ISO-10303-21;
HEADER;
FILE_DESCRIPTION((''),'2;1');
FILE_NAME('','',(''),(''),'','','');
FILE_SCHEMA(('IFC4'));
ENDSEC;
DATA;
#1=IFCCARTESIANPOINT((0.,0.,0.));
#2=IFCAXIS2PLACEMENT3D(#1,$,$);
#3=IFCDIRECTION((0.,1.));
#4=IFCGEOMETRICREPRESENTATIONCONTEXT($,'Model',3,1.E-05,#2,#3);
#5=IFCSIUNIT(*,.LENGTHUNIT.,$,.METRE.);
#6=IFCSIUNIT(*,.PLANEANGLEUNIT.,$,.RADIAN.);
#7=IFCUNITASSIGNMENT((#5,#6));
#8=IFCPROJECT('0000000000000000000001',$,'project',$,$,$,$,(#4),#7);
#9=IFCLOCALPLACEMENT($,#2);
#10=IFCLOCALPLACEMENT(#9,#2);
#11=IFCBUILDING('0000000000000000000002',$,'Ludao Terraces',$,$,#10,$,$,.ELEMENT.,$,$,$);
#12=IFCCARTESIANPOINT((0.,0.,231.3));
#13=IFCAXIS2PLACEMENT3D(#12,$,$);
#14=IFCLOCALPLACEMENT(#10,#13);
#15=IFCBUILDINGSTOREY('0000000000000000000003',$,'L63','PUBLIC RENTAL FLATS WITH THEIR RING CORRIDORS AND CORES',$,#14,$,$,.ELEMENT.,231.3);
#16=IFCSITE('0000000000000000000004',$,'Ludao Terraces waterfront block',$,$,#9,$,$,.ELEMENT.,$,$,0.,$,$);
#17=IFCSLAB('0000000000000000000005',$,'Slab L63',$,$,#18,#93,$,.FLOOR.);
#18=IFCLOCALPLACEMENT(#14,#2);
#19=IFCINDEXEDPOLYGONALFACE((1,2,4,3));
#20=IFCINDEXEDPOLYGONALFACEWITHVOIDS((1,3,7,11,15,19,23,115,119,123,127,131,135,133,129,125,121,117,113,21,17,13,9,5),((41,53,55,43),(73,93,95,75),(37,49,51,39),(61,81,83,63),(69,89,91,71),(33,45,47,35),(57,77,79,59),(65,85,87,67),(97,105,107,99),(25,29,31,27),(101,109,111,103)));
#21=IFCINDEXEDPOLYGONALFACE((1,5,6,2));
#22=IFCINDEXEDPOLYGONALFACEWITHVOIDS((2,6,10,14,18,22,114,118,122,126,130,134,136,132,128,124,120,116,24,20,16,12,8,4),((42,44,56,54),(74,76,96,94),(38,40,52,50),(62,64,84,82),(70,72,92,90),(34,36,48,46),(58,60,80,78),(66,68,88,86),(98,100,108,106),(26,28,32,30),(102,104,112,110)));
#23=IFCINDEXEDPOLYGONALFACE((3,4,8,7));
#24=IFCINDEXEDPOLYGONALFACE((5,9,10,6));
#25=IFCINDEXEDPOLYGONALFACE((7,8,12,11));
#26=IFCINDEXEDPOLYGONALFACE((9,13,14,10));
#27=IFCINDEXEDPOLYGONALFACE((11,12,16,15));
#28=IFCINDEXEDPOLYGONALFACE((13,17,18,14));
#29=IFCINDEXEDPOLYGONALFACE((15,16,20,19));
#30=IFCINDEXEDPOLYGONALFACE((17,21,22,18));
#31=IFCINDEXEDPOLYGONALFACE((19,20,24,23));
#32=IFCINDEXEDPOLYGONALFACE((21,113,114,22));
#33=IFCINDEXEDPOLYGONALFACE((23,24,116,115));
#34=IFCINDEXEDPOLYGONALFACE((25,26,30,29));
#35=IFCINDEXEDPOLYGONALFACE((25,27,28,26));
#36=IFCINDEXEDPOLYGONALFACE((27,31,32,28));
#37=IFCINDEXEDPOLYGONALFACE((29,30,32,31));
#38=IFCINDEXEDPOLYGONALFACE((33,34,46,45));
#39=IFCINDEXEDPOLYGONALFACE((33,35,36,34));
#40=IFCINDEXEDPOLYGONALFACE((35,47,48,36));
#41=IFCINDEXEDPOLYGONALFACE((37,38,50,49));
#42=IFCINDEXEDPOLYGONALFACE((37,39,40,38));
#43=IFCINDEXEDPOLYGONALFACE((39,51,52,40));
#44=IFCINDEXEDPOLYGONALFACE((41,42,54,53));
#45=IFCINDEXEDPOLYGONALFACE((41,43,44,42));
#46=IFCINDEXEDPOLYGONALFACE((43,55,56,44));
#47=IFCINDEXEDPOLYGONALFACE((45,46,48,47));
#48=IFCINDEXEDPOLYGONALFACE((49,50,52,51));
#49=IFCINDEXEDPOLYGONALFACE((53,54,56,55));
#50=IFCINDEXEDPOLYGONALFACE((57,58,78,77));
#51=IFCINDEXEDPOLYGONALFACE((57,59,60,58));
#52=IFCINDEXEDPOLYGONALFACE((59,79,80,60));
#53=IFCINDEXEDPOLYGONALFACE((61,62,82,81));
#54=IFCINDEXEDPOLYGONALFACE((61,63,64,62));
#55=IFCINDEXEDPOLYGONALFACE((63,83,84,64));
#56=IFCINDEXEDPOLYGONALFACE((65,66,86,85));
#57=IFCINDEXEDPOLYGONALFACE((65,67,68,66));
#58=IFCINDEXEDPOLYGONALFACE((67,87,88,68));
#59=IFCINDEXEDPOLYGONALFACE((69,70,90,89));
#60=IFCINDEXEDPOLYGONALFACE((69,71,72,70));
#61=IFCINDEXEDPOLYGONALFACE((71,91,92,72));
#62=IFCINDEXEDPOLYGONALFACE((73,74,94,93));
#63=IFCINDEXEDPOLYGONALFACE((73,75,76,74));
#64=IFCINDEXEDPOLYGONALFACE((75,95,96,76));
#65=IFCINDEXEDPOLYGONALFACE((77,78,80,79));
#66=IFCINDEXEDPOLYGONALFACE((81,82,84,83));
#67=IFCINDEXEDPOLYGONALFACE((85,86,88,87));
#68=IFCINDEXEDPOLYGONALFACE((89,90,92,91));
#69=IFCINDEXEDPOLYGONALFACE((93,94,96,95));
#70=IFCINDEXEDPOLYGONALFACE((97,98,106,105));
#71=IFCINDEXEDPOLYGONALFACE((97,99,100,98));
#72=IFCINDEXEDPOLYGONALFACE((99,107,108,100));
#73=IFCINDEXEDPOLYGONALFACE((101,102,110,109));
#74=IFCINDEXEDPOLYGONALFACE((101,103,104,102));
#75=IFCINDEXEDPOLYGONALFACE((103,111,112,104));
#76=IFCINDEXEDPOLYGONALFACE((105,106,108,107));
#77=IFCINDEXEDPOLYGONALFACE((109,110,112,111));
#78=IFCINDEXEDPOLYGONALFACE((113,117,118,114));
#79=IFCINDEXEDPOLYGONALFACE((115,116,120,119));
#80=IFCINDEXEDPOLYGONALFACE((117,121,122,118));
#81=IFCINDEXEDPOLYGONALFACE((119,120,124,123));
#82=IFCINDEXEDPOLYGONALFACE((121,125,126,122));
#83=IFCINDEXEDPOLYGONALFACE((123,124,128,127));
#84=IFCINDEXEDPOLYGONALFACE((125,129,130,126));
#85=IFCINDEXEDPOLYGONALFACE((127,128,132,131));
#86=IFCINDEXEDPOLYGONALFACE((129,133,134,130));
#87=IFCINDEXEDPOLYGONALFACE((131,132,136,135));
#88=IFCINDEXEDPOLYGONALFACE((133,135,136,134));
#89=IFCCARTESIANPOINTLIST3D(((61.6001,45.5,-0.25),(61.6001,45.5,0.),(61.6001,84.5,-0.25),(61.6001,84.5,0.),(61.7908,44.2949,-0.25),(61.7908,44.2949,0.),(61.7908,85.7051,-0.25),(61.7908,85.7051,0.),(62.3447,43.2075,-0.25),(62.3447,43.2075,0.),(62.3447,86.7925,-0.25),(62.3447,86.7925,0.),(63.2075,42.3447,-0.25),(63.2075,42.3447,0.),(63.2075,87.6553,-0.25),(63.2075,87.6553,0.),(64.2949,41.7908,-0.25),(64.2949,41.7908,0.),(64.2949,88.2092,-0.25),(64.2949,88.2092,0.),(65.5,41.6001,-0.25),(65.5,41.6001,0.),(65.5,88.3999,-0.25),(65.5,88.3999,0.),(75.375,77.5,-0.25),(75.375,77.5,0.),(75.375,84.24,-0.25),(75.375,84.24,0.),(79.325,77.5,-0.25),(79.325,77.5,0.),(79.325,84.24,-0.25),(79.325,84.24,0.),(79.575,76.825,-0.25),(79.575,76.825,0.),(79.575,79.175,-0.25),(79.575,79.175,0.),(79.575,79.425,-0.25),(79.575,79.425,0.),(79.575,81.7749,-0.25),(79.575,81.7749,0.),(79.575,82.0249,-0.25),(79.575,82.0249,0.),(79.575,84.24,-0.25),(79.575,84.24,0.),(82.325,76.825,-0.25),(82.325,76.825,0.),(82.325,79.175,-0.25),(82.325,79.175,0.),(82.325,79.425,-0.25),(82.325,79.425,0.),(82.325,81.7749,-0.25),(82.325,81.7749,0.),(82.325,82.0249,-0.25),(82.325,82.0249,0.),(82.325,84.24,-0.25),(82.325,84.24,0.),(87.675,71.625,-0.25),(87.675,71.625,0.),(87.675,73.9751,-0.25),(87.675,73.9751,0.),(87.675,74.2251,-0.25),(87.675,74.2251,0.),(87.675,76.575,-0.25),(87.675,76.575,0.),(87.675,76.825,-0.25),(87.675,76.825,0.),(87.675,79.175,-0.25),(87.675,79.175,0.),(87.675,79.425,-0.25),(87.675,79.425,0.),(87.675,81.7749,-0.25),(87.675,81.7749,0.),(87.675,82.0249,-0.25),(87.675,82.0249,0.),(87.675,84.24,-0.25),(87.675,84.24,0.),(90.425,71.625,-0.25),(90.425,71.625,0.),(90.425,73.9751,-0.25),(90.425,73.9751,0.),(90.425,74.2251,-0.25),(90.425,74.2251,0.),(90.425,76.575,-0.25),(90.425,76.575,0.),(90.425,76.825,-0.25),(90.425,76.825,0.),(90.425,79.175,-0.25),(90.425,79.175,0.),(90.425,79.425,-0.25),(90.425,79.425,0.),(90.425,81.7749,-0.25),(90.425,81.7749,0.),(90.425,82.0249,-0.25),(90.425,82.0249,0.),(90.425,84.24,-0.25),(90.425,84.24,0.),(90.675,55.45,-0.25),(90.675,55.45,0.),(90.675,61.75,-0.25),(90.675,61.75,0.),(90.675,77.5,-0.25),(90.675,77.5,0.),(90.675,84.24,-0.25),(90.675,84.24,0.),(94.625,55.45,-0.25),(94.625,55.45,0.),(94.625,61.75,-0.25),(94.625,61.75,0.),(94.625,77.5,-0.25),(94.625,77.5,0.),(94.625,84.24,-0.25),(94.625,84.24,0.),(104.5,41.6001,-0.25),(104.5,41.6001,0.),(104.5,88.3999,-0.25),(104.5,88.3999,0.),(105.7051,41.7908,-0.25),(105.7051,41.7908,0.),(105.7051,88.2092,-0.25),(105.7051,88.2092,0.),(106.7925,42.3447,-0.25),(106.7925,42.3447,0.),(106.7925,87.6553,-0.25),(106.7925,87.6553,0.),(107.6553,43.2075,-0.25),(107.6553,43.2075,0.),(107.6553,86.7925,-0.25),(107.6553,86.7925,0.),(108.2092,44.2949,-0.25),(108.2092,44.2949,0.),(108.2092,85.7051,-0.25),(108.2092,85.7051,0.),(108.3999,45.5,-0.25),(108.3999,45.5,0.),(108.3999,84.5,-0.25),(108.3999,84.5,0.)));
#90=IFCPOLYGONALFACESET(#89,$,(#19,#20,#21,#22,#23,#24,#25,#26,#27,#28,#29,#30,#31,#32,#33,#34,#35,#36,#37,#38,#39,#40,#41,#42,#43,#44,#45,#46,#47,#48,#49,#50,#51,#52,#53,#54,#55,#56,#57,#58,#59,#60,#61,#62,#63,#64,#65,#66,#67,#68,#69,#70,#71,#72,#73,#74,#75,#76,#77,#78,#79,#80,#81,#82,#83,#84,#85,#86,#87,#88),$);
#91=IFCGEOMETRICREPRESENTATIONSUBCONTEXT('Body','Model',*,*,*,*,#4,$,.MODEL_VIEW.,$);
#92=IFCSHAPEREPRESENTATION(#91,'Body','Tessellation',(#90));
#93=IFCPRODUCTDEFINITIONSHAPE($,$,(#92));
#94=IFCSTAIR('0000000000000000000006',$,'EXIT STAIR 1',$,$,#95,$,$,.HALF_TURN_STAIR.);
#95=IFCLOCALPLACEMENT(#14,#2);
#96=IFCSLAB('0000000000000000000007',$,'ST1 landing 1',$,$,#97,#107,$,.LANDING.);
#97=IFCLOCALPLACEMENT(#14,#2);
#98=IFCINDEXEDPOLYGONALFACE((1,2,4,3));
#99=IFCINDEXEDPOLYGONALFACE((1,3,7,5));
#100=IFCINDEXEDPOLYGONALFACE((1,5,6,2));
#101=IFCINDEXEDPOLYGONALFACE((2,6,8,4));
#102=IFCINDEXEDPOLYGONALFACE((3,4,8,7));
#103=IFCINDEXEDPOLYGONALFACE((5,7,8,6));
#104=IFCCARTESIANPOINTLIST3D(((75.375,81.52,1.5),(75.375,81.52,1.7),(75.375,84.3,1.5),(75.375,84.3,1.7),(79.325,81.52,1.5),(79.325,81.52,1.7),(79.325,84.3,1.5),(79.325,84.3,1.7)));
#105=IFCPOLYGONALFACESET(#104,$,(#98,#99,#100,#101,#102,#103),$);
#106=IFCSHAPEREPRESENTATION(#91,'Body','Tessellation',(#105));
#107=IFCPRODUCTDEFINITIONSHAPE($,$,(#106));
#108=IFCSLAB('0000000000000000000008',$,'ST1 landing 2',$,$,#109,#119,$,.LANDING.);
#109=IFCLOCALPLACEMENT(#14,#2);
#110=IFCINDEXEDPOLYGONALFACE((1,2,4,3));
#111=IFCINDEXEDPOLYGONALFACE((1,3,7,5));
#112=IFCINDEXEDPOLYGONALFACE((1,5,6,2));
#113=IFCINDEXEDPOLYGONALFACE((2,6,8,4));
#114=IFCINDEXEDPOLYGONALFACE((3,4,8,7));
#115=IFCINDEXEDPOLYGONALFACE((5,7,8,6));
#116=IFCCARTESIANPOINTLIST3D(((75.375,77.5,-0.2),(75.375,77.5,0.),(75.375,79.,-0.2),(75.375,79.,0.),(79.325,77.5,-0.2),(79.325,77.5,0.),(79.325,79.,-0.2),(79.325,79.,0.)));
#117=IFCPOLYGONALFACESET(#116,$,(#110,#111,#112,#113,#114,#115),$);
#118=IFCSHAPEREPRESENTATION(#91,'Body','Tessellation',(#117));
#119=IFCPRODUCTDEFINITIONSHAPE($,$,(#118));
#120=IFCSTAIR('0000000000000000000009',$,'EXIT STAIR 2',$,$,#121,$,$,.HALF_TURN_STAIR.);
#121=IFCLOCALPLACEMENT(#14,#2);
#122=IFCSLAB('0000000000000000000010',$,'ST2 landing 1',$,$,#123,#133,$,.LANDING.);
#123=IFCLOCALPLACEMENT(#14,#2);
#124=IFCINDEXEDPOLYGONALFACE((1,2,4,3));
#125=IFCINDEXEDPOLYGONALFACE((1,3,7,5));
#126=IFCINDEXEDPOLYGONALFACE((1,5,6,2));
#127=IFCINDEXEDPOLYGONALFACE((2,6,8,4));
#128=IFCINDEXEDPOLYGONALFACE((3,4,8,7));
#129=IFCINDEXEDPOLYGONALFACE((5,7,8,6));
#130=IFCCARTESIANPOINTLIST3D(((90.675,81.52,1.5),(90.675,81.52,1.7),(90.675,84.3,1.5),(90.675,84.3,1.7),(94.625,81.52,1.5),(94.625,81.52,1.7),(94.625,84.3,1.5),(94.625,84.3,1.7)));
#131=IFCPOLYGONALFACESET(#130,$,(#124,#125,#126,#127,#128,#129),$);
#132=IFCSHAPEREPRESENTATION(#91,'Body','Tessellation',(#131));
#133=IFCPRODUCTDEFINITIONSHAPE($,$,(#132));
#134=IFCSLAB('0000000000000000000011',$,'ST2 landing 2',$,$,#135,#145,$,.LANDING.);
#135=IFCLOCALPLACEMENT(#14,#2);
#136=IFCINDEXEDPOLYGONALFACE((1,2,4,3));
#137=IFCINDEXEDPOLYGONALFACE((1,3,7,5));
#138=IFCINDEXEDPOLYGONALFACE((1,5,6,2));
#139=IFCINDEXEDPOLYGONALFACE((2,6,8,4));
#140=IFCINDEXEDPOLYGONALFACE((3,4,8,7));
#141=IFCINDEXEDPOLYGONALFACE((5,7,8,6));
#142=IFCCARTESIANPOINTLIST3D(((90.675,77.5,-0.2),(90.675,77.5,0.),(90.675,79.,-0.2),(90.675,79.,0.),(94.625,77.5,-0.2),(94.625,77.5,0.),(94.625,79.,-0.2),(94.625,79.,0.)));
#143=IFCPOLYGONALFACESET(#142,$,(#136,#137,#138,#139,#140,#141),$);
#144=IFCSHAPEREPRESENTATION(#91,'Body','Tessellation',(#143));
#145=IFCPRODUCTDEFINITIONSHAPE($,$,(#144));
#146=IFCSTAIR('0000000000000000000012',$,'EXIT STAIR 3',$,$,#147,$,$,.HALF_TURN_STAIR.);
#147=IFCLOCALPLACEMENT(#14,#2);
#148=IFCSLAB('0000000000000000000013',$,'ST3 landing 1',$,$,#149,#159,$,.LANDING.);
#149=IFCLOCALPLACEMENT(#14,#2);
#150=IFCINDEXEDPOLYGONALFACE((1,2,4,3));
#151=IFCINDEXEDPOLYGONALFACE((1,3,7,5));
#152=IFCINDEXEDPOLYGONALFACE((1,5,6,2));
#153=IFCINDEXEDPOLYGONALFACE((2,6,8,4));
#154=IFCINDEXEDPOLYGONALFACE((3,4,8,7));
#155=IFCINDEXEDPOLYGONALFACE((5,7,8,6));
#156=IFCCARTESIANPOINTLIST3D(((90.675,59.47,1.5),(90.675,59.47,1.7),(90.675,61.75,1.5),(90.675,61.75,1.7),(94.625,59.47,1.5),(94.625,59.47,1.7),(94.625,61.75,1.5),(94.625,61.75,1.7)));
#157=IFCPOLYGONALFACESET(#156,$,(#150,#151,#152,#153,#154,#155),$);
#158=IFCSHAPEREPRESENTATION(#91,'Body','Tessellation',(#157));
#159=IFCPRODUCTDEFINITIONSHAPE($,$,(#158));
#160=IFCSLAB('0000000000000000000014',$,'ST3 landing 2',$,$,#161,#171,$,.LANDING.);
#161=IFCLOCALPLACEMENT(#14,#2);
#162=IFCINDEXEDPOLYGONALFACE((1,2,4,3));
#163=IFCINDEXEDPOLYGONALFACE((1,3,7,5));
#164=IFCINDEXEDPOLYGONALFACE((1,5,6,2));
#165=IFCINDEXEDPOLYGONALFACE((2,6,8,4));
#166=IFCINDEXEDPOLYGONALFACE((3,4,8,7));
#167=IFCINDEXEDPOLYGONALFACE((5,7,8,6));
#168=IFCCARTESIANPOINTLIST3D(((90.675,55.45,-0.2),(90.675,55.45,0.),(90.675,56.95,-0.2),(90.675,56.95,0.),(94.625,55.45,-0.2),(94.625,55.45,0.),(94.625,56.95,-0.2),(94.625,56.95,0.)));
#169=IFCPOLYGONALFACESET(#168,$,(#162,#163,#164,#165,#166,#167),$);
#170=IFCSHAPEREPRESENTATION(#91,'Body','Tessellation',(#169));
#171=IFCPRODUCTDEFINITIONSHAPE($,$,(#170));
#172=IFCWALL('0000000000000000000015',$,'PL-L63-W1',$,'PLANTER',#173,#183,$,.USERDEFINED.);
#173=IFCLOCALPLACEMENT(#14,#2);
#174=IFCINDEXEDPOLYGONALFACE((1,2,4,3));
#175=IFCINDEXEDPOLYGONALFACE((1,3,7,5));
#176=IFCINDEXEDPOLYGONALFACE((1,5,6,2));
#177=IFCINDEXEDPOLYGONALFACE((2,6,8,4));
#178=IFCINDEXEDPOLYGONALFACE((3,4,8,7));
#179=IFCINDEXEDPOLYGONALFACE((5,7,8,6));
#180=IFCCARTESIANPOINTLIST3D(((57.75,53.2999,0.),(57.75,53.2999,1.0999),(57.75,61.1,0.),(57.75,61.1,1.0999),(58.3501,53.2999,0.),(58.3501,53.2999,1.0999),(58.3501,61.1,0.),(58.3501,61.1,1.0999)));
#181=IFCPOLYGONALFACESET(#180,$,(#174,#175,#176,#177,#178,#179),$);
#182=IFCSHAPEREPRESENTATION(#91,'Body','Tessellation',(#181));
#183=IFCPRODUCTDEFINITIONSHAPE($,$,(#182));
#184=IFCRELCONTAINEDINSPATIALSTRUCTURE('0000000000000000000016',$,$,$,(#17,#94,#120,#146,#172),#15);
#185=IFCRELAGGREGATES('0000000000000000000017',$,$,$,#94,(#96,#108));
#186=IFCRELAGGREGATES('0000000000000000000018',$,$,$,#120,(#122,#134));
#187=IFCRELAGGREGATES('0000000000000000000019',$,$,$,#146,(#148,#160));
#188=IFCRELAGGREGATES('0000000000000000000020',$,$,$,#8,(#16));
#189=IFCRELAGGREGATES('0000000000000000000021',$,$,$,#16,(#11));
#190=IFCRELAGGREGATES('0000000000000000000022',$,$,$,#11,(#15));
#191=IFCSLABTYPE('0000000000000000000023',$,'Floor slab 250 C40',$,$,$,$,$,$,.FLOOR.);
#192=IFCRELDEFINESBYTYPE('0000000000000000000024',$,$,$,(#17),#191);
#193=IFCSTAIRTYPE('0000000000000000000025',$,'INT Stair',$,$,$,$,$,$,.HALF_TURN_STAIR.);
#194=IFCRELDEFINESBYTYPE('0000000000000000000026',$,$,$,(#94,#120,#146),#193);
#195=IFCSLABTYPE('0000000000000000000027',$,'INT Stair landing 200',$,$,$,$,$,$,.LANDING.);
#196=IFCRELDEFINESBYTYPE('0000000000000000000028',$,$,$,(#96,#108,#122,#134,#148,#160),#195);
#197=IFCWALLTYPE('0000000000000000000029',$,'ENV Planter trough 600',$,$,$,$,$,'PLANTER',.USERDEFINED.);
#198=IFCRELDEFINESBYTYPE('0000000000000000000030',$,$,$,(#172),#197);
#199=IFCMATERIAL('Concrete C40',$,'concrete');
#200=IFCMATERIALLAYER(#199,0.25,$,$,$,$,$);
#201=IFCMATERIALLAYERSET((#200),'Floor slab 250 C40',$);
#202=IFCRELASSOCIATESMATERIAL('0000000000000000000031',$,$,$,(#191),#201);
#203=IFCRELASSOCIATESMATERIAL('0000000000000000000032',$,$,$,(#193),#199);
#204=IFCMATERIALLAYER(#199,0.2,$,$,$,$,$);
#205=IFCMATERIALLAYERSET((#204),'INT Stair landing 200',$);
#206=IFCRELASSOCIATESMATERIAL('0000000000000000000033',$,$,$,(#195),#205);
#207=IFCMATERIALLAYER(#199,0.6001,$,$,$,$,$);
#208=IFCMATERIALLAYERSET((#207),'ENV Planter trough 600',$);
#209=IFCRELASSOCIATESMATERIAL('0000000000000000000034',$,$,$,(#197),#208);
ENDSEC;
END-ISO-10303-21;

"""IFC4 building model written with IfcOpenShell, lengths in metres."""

from ifc_helpers import new_model, si_unit, direction, frame, frame_2d, origin, place, context, subcontext, project, spatial, polyline, rectangle, outline, extrude, material, layer, layer_set, type_object, element, aggregate, save


model = new_model("IFC4")

# Units and contexts
model_context = context("Model", 3, precision=1e-05, world=origin(), true_north=direction((0.0, 1.0)))
body_context = subcontext(model_context, "Body", "Model", "MODEL_VIEW")
ifc_project = project(units=[si_unit("LENGTHUNIT", "METRE"), si_unit("PLANEANGLEUNIT", "RADIAN")], contexts=[model_context])

# Site, building, storey
site_placement = place(None, origin())
site = spatial("IfcSite", under=ifc_project, at=site_placement, Name="Ludao Terraces waterfront block", CompositionType="ELEMENT", RefElevation=0.0)
building_placement = place(site_placement, origin())
building = spatial("IfcBuilding", under=site, at=building_placement, Name="Ludao Terraces", CompositionType="ELEMENT")
storey_placement = place(building_placement, frame((0.0, 0.0, 231.3)))
storey = spatial("IfcBuildingStorey", under=building, at=storey_placement, Name="L63", Description="PUBLIC RENTAL FLATS WITH THEIR RING CORRIDORS AND CORES", CompositionType="ELEMENT", Elevation=231.3)

# Shared definitions
ifc_material_1 = material(Name="Concrete C40", Category="concrete")

# Slab
ifc_layer_1 = layer(ifc_material_1, 0.25)
ifc_layer_set_1 = layer_set([ifc_layer_1], Name="Floor slab 250 C40")
slab_type_1 = type_object("IfcSlabType", Name="Floor slab 250 C40", PredefinedType="FLOOR", material=ifc_layer_set_1)
slab_1_placement = place(storey_placement, frame((0.0, 0.0, -0.25)))
element("IfcSlab", 1, at=slab_1_placement, inside=storey, type_object=slab_type_1, Name="Slab L63", PredefinedType="FLOOR", context=body_context, shape_type="SweptSolid", body=[
    extrude(outline(polyline([(104.5, 41.6001), (105.7051, 41.7908), (106.7925, 42.3447), (107.6553, 43.2075), (108.2092, 44.2949), (108.3999, 45.5), (108.3999, 84.5), (108.2092, 85.7051), (107.6553, 86.7925), (106.7925, 87.6553), (105.7051, 88.2092), (104.5, 88.3999), (65.5, 88.3999), (64.2949, 88.2092), (63.2075, 87.6553), (62.3447, 86.7925), (61.7908, 85.7051), (61.6001, 84.5), (61.6001, 45.5), (61.7908, 44.2949), (62.3447, 43.2075), (63.2075, 42.3447), (64.2949, 41.7908), (65.5, 41.6001), (104.5, 41.6001)]), holes=[polyline([(79.575, 76.825), (82.325, 76.825), (82.325, 79.175), (79.575, 79.175), (79.575, 76.825)]), polyline([(79.575, 79.425), (82.325, 79.425), (82.325, 81.7749), (79.575, 81.7749), (79.575, 79.425)]), polyline([(79.575, 82.0249), (82.325, 82.0249), (82.325, 84.24), (79.575, 84.24), (79.575, 82.0249)]), polyline([(87.675, 71.625), (90.425, 71.625), (90.425, 73.9751), (87.675, 73.9751), (87.675, 71.625)]), polyline([(87.675, 74.2251), (90.425, 74.2251), (90.425, 76.575), (87.675, 76.575), (87.675, 74.2251)]), polyline([(87.675, 76.825), (90.425, 76.825), (90.425, 79.175), (87.675, 79.175), (87.675, 76.825)]), polyline([(87.675, 79.425), (90.425, 79.425), (90.425, 81.7749), (87.675, 81.7749), (87.675, 79.425)]), polyline([(87.675, 82.0249), (90.425, 82.0249), (90.425, 84.24), (87.675, 84.24), (87.675, 82.0249)]), polyline([(75.375, 77.5), (79.325, 77.5), (79.325, 84.24), (75.375, 84.24), (75.375, 77.5)]), polyline([(90.675, 77.5), (94.625, 77.5), (94.625, 84.24), (90.675, 84.24), (90.675, 77.5)]), polyline([(90.675, 55.45), (94.625, 55.45), (94.625, 61.75), (90.675, 61.75), (90.675, 55.45)])]), origin(), (0.0, 0.0, 1.0), 0.25),
])

# Stairs, slabs
stair_type = type_object("IfcStairType", Name="INT Stair", PredefinedType="HALF_TURN_STAIR", material=ifc_material_1)
stair_1_placement = place(storey_placement, origin())
stair_1 = element("IfcStair", 2, at=stair_1_placement, inside=storey, type_object=stair_type, Name="EXIT STAIR 1", PredefinedType="HALF_TURN_STAIR")
ifc_layer_2 = layer(ifc_material_1, 0.2)
ifc_layer_set_2 = layer_set([ifc_layer_2], Name="INT Stair landing 200")
slab_type_2 = type_object("IfcSlabType", Name="INT Stair landing 200", PredefinedType="LANDING", material=ifc_layer_set_2)
slab_2_placement = place(storey_placement, frame((0.0, 0.0, 1.5)))
slab_2 = element("IfcSlab", 3, at=slab_2_placement, type_object=slab_type_2, Name="ST1 landing 1", PredefinedType="LANDING", context=body_context, shape_type="SweptSolid", body=[
    extrude(outline(polyline([(75.375, 81.52), (79.325, 81.52), (79.325, 84.3), (75.375, 84.3), (75.375, 81.52)])), origin(), (0.0, 0.0, 1.0), 0.2),
])
slab_3_placement = place(storey_placement, frame((0.0, 0.0, -0.2)))
slab_3 = element("IfcSlab", 4, at=slab_3_placement, type_object=slab_type_2, Name="ST1 landing 2", PredefinedType="LANDING", context=body_context, shape_type="SweptSolid", body=[
    extrude(outline(polyline([(75.375, 77.5), (79.325, 77.5), (79.325, 79.0), (75.375, 79.0), (75.375, 77.5)])), origin(), (0.0, 0.0, 1.0), 0.2),
])
aggregate(stair_1, [slab_2, slab_3])
stair_2_placement = place(storey_placement, origin())
stair_2 = element("IfcStair", 5, at=stair_2_placement, inside=storey, type_object=stair_type, Name="EXIT STAIR 2", PredefinedType="HALF_TURN_STAIR")
slab_4_placement = place(storey_placement, frame((0.0, 0.0, 1.5)))
slab_4 = element("IfcSlab", 6, at=slab_4_placement, type_object=slab_type_2, Name="ST2 landing 1", PredefinedType="LANDING", context=body_context, shape_type="SweptSolid", body=[
    extrude(outline(polyline([(90.675, 81.52), (94.625, 81.52), (94.625, 84.3), (90.675, 84.3), (90.675, 81.52)])), origin(), (0.0, 0.0, 1.0), 0.2),
])
slab_5_placement = place(storey_placement, frame((0.0, 0.0, -0.2)))
slab_5 = element("IfcSlab", 7, at=slab_5_placement, type_object=slab_type_2, Name="ST2 landing 2", PredefinedType="LANDING", context=body_context, shape_type="SweptSolid", body=[
    extrude(outline(polyline([(90.675, 77.5), (94.625, 77.5), (94.625, 79.0), (90.675, 79.0), (90.675, 77.5)])), origin(), (0.0, 0.0, 1.0), 0.2),
])
aggregate(stair_2, [slab_4, slab_5])
stair_3_placement = place(storey_placement, origin())
stair_3 = element("IfcStair", 8, at=stair_3_placement, inside=storey, type_object=stair_type, Name="EXIT STAIR 3", PredefinedType="HALF_TURN_STAIR")
slab_6_placement = place(storey_placement, frame((0.0, 0.0, 1.5)))
slab_6 = element("IfcSlab", 9, at=slab_6_placement, type_object=slab_type_2, Name="ST3 landing 1", PredefinedType="LANDING", context=body_context, shape_type="SweptSolid", body=[
    extrude(outline(polyline([(90.675, 59.47), (94.625, 59.47), (94.625, 61.75), (90.675, 61.75), (90.675, 59.47)])), origin(), (0.0, 0.0, 1.0), 0.2),
])
slab_7_placement = place(storey_placement, frame((0.0, 0.0, -0.2)))
slab_7 = element("IfcSlab", 10, at=slab_7_placement, type_object=slab_type_2, Name="ST3 landing 2", PredefinedType="LANDING", context=body_context, shape_type="SweptSolid", body=[
    extrude(outline(polyline([(90.675, 55.45), (94.625, 55.45), (94.625, 56.95), (90.675, 56.95), (90.675, 55.45)])), origin(), (0.0, 0.0, 1.0), 0.2),
])
aggregate(stair_3, [slab_6, slab_7])

# Wall
ifc_layer_3 = layer(ifc_material_1, 0.6001)
ifc_layer_set_3 = layer_set([ifc_layer_3], Name="ENV Planter trough 600")
wall_type = type_object("IfcWallType", Name="ENV Planter trough 600", ElementType="PLANTER", PredefinedType="USERDEFINED", material=ifc_layer_set_3)
wall_1_placement = place(storey_placement, frame((58.05, 53.3, 0.0), z_axis=(0.0, 0.0, 1.0), x_axis=(0.0, 1.0, 0.0)))
element("IfcWall", 11, at=wall_1_placement, inside=storey, type_object=wall_type, Name="PL-L63-W1", ObjectType="PLANTER", PredefinedType="USERDEFINED", context=body_context, shape_type="SweptSolid", body=[
    extrude(rectangle(XDim=7.8, YDim=0.6001, at=frame_2d((3.8999, 0.0))), origin(), (0.0, 0.0, 1.0), 1.0999),
])

save(model, "model.ifc")
